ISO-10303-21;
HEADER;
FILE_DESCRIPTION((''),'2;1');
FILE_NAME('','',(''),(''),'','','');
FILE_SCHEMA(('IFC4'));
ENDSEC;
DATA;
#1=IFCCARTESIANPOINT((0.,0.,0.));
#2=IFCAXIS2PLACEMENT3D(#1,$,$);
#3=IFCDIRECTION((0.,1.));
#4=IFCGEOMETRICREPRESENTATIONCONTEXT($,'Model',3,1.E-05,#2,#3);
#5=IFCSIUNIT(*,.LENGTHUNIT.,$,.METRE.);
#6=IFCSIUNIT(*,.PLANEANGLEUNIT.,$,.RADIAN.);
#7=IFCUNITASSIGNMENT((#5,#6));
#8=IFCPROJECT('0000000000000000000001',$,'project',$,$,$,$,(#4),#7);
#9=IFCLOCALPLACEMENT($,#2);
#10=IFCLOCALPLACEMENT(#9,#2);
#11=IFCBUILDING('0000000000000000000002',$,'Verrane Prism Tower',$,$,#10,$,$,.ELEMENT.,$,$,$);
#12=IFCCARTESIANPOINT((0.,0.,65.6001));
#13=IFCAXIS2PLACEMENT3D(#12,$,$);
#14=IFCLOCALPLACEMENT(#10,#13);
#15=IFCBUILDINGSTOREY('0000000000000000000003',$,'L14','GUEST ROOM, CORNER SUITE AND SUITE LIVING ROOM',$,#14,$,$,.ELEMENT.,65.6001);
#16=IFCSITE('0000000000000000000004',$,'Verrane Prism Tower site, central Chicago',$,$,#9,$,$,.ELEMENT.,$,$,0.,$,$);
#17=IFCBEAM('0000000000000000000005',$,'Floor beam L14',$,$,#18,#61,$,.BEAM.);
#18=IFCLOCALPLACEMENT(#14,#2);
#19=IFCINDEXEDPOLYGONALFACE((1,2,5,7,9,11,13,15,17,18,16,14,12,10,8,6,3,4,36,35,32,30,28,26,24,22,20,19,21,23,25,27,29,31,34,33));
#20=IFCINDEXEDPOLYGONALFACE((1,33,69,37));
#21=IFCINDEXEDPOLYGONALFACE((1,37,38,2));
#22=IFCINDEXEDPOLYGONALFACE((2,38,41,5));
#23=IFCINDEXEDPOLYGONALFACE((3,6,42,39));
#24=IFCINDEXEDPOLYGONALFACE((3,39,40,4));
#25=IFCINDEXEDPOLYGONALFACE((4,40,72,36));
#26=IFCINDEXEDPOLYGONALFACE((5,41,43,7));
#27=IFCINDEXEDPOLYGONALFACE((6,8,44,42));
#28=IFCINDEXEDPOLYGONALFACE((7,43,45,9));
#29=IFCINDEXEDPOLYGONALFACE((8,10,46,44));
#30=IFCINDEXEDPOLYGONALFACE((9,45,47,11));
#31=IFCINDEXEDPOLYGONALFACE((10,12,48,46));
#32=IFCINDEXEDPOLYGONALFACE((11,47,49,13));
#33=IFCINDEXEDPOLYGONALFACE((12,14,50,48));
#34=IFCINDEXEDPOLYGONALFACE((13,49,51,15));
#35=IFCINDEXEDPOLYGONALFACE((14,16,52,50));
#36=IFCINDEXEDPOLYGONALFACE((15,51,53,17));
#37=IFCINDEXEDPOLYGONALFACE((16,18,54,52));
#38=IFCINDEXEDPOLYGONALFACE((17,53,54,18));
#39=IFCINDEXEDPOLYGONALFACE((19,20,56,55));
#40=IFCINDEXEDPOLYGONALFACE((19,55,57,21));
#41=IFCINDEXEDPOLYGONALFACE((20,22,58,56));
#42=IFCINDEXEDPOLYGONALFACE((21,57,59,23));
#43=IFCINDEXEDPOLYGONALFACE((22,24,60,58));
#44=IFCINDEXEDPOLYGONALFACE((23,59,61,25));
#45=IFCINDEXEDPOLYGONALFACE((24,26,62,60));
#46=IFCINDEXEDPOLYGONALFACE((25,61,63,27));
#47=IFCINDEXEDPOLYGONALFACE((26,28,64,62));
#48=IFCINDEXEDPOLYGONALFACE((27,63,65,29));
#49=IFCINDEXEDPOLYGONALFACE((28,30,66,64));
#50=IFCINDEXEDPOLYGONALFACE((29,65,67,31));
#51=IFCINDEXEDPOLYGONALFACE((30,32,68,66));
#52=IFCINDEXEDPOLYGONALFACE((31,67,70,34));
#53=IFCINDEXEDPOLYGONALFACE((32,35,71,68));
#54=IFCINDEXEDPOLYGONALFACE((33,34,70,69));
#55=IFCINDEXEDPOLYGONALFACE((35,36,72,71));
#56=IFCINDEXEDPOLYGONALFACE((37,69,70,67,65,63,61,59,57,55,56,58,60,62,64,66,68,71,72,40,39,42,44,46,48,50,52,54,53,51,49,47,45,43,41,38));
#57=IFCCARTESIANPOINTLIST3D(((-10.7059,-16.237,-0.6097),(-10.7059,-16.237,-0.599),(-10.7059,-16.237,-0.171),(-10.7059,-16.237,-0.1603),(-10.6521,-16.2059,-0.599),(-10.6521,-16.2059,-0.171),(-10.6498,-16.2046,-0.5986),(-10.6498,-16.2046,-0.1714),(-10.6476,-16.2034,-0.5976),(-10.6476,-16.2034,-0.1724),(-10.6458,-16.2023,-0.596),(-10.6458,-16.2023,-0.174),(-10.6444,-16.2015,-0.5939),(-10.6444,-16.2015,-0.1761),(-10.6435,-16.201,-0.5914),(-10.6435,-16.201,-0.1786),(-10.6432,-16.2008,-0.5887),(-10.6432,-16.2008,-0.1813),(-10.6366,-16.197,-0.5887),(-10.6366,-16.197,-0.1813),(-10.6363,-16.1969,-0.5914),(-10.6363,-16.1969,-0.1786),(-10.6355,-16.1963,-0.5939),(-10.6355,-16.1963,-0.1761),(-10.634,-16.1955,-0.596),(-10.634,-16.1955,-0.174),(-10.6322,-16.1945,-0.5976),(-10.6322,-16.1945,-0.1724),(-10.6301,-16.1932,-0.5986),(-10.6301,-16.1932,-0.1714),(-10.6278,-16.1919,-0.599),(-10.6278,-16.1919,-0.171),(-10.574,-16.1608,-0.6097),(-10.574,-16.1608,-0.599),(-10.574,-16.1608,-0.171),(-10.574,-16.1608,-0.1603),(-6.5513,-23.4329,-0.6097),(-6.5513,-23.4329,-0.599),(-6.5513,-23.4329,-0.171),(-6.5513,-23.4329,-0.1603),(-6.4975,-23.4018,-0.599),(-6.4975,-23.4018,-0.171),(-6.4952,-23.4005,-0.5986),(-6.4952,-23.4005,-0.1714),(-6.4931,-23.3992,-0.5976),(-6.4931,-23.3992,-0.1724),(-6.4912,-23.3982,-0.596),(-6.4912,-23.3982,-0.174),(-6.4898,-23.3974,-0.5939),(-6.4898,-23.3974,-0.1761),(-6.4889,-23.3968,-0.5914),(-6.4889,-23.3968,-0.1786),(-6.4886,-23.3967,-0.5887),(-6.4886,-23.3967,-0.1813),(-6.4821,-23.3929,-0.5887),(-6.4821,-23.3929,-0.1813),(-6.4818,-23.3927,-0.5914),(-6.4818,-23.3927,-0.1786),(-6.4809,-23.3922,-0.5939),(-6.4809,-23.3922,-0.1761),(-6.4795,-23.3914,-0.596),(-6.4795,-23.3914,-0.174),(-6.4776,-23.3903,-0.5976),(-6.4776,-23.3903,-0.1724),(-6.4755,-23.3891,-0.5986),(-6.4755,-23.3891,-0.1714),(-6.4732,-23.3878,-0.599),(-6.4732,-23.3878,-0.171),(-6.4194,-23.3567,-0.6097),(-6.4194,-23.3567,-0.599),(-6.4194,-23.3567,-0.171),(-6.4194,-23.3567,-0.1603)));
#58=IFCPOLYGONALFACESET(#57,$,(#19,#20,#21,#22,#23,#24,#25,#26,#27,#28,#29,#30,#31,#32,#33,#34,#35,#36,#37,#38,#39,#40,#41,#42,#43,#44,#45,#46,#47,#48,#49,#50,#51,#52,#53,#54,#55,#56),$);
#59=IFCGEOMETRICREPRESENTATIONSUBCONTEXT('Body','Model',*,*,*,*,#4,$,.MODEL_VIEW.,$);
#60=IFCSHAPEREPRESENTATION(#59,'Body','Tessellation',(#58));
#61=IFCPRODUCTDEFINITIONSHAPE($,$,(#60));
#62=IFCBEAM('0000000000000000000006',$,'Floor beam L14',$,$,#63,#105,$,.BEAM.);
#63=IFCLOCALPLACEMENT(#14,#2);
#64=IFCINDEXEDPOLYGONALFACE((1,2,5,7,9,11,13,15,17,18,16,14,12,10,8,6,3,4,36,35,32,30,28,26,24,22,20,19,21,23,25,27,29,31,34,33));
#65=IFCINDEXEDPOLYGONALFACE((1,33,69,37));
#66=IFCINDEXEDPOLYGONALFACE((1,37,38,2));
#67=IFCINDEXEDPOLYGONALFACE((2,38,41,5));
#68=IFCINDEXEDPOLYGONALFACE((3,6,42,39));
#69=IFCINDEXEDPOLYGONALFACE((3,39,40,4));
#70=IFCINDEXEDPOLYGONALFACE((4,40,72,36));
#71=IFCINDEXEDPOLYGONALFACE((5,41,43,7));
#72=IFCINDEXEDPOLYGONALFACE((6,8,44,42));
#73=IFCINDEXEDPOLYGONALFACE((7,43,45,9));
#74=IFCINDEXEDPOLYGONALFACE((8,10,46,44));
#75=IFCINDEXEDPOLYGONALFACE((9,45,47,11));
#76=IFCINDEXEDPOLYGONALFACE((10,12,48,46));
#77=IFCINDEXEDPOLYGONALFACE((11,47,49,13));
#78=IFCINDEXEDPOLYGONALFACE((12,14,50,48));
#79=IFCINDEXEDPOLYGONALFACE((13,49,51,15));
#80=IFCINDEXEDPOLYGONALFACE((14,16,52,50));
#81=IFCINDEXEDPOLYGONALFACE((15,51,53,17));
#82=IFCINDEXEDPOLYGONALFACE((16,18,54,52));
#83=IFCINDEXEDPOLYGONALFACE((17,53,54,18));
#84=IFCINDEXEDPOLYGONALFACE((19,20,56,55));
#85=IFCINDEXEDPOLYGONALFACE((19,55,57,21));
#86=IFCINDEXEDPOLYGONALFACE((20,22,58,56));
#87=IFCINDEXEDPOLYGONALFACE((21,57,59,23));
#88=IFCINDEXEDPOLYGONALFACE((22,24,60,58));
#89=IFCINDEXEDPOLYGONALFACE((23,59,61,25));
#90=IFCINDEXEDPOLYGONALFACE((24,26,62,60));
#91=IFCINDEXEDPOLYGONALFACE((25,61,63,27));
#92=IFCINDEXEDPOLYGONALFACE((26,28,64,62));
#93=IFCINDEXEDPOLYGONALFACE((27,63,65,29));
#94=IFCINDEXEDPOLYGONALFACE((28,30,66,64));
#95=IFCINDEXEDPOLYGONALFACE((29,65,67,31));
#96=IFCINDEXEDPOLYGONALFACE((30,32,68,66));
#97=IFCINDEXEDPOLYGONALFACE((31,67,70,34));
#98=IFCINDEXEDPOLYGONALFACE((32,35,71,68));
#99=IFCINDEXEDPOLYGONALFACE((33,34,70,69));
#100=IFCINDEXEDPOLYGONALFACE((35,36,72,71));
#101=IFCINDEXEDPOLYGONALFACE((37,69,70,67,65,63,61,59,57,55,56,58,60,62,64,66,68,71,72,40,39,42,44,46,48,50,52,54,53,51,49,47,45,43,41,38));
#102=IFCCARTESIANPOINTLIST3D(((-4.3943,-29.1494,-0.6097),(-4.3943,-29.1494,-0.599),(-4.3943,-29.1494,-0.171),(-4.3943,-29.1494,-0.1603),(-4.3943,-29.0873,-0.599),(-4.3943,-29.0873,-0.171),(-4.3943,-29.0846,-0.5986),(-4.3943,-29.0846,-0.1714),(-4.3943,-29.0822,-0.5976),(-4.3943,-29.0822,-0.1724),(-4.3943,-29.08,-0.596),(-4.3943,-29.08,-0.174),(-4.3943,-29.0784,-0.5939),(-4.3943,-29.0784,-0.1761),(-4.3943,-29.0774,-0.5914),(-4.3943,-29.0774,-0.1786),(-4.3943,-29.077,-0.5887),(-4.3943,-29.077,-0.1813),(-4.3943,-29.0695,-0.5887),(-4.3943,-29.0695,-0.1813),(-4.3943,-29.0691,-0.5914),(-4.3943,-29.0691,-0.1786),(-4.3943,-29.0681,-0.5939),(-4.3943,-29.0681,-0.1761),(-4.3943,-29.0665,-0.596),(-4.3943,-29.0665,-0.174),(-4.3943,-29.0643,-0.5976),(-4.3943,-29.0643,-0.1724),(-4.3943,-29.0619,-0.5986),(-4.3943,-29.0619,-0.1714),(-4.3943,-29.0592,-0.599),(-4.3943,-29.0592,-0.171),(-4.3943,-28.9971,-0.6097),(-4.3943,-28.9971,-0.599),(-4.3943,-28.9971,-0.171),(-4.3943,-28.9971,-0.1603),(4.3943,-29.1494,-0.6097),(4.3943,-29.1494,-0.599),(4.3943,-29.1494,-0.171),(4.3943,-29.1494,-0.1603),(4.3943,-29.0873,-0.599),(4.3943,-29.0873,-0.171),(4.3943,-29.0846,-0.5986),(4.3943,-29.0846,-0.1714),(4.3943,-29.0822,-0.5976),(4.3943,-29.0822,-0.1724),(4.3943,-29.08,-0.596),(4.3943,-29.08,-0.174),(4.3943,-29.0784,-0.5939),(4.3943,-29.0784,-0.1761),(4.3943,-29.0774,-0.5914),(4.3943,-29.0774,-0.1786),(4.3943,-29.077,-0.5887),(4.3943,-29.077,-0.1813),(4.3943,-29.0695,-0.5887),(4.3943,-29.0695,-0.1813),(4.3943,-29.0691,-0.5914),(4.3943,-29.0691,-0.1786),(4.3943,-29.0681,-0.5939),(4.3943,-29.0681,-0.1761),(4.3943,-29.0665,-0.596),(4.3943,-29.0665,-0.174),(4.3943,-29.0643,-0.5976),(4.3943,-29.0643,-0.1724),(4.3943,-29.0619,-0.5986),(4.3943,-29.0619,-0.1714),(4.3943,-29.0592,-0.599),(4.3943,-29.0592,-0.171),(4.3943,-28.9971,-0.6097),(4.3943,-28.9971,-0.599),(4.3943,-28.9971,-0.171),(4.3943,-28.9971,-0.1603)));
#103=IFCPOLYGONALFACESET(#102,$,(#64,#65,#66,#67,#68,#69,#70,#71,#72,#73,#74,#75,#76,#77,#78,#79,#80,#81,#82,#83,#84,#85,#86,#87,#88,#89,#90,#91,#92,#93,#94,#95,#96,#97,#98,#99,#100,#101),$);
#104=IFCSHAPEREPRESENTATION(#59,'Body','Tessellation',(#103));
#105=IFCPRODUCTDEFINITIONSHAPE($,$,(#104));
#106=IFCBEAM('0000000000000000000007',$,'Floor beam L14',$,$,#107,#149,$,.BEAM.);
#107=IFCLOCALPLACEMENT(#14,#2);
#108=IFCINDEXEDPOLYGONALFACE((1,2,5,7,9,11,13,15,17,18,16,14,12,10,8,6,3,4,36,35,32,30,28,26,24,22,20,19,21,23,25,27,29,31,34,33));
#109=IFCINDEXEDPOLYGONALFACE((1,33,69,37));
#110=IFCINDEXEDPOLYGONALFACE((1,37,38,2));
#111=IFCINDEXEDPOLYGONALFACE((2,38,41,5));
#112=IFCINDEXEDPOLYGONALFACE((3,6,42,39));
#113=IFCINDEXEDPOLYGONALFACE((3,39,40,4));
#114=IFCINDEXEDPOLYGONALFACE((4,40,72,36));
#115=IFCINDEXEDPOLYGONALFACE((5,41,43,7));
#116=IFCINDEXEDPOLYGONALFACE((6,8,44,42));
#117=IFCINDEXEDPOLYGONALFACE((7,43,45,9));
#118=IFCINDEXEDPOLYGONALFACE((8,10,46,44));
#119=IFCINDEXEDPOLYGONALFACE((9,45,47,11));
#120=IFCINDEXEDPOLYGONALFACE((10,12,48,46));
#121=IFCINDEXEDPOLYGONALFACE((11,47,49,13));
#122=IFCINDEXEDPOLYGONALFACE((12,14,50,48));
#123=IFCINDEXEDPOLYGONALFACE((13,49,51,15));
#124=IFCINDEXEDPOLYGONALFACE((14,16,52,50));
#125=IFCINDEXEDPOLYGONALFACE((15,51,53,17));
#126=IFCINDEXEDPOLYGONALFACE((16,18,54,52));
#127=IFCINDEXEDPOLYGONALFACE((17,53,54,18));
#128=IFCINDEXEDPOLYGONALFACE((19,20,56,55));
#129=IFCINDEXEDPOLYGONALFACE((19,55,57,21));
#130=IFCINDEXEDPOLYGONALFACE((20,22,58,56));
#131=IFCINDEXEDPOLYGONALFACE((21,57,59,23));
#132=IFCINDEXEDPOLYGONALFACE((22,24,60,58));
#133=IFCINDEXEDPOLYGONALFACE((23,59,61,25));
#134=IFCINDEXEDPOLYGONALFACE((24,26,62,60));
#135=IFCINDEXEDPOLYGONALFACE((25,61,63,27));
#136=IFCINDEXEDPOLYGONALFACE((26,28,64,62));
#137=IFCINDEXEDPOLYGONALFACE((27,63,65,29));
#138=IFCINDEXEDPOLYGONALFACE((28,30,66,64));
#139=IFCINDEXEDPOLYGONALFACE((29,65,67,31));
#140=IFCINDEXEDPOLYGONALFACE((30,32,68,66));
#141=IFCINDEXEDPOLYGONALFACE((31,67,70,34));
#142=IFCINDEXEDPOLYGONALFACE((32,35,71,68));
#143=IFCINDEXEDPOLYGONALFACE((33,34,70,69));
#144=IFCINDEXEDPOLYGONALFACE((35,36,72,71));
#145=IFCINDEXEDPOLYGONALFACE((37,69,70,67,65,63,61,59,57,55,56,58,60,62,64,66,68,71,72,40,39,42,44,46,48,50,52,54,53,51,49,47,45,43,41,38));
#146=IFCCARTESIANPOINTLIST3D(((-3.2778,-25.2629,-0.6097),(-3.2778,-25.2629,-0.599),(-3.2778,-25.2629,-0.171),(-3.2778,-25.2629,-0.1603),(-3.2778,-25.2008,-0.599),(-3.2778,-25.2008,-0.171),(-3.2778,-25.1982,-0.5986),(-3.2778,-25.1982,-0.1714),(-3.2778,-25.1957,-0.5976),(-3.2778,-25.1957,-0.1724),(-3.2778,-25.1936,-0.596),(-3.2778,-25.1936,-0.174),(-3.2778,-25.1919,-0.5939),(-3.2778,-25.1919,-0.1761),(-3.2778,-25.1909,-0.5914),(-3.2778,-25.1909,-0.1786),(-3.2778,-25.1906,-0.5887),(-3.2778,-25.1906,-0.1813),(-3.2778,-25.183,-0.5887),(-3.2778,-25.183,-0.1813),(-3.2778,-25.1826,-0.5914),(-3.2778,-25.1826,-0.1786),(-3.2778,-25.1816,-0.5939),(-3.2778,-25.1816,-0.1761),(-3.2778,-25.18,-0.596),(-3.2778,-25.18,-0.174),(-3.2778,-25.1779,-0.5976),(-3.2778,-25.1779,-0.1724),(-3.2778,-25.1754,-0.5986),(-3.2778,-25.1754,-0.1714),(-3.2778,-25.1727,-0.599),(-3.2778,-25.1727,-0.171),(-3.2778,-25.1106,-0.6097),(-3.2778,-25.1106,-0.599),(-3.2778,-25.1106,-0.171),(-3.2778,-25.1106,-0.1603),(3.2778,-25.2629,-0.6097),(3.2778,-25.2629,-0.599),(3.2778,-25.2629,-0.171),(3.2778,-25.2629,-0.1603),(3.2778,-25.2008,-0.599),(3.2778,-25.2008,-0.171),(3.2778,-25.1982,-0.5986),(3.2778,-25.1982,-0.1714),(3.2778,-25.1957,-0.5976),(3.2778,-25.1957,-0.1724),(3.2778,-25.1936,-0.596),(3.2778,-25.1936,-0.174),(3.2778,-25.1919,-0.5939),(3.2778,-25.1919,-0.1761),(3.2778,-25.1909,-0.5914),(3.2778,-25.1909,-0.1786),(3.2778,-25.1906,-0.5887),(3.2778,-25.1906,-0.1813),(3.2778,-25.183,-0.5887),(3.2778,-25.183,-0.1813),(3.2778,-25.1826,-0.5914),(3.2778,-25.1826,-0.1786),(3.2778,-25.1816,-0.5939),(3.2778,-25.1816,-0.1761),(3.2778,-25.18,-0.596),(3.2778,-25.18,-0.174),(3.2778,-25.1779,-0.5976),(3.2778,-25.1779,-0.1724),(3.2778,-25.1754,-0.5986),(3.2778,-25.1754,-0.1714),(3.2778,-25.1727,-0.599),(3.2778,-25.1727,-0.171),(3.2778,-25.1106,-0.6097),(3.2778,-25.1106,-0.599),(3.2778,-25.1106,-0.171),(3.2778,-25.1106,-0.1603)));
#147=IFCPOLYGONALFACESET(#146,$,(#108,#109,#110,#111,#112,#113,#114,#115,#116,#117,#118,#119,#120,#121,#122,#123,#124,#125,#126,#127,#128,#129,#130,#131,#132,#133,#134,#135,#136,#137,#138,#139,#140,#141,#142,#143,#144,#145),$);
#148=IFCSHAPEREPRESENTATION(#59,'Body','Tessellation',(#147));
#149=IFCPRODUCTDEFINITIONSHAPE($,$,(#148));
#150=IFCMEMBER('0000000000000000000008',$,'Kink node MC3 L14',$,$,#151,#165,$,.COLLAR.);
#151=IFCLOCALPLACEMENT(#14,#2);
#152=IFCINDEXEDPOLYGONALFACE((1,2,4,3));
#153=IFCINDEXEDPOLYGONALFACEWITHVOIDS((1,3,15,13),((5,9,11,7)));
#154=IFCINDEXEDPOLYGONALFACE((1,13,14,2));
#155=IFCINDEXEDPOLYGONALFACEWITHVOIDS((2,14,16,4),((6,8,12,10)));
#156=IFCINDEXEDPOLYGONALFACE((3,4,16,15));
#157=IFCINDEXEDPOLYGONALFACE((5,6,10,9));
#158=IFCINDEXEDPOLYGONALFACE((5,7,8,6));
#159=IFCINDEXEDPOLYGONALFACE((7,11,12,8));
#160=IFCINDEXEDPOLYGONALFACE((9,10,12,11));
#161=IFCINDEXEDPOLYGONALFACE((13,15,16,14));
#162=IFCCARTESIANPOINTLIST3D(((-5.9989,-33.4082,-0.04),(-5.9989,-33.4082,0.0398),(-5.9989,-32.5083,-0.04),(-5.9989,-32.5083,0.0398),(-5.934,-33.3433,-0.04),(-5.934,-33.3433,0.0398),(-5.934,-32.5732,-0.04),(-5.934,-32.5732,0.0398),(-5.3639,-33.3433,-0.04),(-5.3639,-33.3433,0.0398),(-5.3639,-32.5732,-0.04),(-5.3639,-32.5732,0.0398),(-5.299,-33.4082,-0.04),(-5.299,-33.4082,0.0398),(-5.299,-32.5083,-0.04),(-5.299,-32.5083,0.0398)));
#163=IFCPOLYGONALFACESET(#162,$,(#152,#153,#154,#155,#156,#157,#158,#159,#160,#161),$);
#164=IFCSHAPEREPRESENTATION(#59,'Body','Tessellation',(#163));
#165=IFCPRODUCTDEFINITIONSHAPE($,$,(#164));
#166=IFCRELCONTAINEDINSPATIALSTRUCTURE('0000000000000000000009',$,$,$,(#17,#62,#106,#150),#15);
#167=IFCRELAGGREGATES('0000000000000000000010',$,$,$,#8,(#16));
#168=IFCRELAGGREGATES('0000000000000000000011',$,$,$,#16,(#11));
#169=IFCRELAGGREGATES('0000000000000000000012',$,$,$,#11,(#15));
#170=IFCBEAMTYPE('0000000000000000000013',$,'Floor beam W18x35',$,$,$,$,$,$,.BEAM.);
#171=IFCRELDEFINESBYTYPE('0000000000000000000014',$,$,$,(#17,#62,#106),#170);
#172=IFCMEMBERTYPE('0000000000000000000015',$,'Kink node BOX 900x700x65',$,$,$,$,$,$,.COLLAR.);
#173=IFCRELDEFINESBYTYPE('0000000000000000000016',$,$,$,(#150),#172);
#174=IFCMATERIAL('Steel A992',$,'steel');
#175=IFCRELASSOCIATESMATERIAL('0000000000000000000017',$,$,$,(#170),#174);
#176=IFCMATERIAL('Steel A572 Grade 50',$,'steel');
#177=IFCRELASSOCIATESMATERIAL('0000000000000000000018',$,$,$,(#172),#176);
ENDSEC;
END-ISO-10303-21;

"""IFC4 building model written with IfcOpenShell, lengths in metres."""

from ifc_helpers import new_model, si_unit, direction, frame, origin, origin_2d, place, context, subcontext, project, spatial, hollow_rectangle, i_section, extrude, material, material_profile, profile_set, type_object, element, save


model = new_model("IFC4")

# Units and contexts
model_context = context("Model", 3, precision=1e-05, world=origin(), true_north=direction((0.0, 1.0)))
body_context = subcontext(model_context, "Body", "Model", "MODEL_VIEW")
ifc_project = project(units=[si_unit("LENGTHUNIT", "METRE"), si_unit("PLANEANGLEUNIT", "RADIAN")], contexts=[model_context])

# Site, building, storey
site_placement = place(None, origin())
site = spatial("IfcSite", under=ifc_project, at=site_placement, Name="Verrane Prism Tower site, central Chicago", CompositionType="ELEMENT", RefElevation=0.0)
building_placement = place(site_placement, origin())
building = spatial("IfcBuilding", under=site, at=building_placement, Name="Verrane Prism Tower", CompositionType="ELEMENT")
storey_placement = place(building_placement, frame((0.0, 0.0, 65.6001)))
storey = spatial("IfcBuildingStorey", under=building, at=storey_placement, Name="L14", Description="GUEST ROOM, CORNER SUITE AND SUITE LIVING ROOM", CompositionType="ELEMENT", Elevation=65.6001)

# Beams
ifc_material_1 = material(Name="Steel A992", Category="steel")
ifc_material_profile_1 = material_profile(ifc_material_1, i_section(OverallWidth=0.1523, OverallDepth=0.4495, WebThickness=0.0076, FlangeThickness=0.0107, FilletRadius=0.0103, at=origin_2d()), Name="W18x35")
ifc_profile_set_1 = profile_set([ifc_material_profile_1], Name="Steel A992")
beam_type_1 = type_object("IfcBeamType", Name="Floor beam W18x35", PredefinedType="BEAM", material=ifc_profile_set_1)
beam_1_placement = place(storey_placement, frame((-6.4854, -23.3948, -0.385), z_axis=(-0.500004, 0.866023, 0.0), x_axis=(-0.866023, -0.500004, 0.0)))
element("IfcBeam", 1, at=beam_1_placement, inside=storey, type_object=beam_type_1, Name="Floor beam L14", PredefinedType="BEAM", context=body_context, shape_type="SweptSolid", body=[
    extrude(i_section(OverallWidth=0.1523, OverallDepth=0.4495, WebThickness=0.0076, FlangeThickness=0.0107, FilletRadius=0.0103, at=origin_2d()), origin(), (0.0, 0.0, 1.0), 8.3091),
])
beam_2_placement = place(storey_placement, frame((-4.3943, -29.0732, -0.385), z_axis=(1.0, 0.0, 0.0), x_axis=(0.0, 1.0, 0.0)))
element("IfcBeam", 2, at=beam_2_placement, inside=storey, type_object=beam_type_1, Name="Floor beam L14", PredefinedType="BEAM", context=body_context, shape_type="SweptSolid", body=[
    extrude(i_section(OverallWidth=0.1523, OverallDepth=0.4495, WebThickness=0.0076, FlangeThickness=0.0107, FilletRadius=0.0103, at=origin_2d()), origin(), (0.0, 0.0, 1.0), 8.7886),
])
beam_3_placement = place(storey_placement, frame((-3.2778, -25.1868, -0.385), z_axis=(1.0, 0.0, 0.0), x_axis=(0.0, 1.0, 0.0)))
element("IfcBeam", 3, at=beam_3_placement, inside=storey, type_object=beam_type_1, Name="Floor beam L14", PredefinedType="BEAM", context=body_context, shape_type="SweptSolid", body=[
    extrude(i_section(OverallWidth=0.1523, OverallDepth=0.4495, WebThickness=0.0076, FlangeThickness=0.0107, FilletRadius=0.0103, at=origin_2d()), origin(), (0.0, 0.0, 1.0), 6.5557),
])

# Member
ifc_material_2 = material(Name="Steel A572 Grade 50", Category="steel")
ifc_material_profile_2 = material_profile(ifc_material_2, hollow_rectangle(XDim=0.7, YDim=0.8999, WallThickness=0.0649, at=origin_2d()), Name="BOX 900x700x65")
ifc_profile_set_2 = profile_set([ifc_material_profile_2], Name="Steel A572 Grade 50")
member_type_1 = type_object("IfcMemberType", Name="Kink node BOX 900x700x65", PredefinedType="COLLAR", material=ifc_profile_set_2)
member_1_placement = place(storey_placement, frame((-5.6489, -32.9583, -0.04), z_axis=(0.0, 0.0, 1.0), x_axis=(-1.0, 0.0, 0.0)))
element("IfcMember", 4, at=member_1_placement, inside=storey, type_object=member_type_1, Name="Kink node MC3 L14", PredefinedType="COLLAR", context=body_context, shape_type="SweptSolid", body=[
    extrude(hollow_rectangle(XDim=0.7, YDim=0.8999, WallThickness=0.0649, at=origin_2d()), origin(), (0.0, 0.0, 1.0), 0.0798),
])

save(model, "model.ifc")
